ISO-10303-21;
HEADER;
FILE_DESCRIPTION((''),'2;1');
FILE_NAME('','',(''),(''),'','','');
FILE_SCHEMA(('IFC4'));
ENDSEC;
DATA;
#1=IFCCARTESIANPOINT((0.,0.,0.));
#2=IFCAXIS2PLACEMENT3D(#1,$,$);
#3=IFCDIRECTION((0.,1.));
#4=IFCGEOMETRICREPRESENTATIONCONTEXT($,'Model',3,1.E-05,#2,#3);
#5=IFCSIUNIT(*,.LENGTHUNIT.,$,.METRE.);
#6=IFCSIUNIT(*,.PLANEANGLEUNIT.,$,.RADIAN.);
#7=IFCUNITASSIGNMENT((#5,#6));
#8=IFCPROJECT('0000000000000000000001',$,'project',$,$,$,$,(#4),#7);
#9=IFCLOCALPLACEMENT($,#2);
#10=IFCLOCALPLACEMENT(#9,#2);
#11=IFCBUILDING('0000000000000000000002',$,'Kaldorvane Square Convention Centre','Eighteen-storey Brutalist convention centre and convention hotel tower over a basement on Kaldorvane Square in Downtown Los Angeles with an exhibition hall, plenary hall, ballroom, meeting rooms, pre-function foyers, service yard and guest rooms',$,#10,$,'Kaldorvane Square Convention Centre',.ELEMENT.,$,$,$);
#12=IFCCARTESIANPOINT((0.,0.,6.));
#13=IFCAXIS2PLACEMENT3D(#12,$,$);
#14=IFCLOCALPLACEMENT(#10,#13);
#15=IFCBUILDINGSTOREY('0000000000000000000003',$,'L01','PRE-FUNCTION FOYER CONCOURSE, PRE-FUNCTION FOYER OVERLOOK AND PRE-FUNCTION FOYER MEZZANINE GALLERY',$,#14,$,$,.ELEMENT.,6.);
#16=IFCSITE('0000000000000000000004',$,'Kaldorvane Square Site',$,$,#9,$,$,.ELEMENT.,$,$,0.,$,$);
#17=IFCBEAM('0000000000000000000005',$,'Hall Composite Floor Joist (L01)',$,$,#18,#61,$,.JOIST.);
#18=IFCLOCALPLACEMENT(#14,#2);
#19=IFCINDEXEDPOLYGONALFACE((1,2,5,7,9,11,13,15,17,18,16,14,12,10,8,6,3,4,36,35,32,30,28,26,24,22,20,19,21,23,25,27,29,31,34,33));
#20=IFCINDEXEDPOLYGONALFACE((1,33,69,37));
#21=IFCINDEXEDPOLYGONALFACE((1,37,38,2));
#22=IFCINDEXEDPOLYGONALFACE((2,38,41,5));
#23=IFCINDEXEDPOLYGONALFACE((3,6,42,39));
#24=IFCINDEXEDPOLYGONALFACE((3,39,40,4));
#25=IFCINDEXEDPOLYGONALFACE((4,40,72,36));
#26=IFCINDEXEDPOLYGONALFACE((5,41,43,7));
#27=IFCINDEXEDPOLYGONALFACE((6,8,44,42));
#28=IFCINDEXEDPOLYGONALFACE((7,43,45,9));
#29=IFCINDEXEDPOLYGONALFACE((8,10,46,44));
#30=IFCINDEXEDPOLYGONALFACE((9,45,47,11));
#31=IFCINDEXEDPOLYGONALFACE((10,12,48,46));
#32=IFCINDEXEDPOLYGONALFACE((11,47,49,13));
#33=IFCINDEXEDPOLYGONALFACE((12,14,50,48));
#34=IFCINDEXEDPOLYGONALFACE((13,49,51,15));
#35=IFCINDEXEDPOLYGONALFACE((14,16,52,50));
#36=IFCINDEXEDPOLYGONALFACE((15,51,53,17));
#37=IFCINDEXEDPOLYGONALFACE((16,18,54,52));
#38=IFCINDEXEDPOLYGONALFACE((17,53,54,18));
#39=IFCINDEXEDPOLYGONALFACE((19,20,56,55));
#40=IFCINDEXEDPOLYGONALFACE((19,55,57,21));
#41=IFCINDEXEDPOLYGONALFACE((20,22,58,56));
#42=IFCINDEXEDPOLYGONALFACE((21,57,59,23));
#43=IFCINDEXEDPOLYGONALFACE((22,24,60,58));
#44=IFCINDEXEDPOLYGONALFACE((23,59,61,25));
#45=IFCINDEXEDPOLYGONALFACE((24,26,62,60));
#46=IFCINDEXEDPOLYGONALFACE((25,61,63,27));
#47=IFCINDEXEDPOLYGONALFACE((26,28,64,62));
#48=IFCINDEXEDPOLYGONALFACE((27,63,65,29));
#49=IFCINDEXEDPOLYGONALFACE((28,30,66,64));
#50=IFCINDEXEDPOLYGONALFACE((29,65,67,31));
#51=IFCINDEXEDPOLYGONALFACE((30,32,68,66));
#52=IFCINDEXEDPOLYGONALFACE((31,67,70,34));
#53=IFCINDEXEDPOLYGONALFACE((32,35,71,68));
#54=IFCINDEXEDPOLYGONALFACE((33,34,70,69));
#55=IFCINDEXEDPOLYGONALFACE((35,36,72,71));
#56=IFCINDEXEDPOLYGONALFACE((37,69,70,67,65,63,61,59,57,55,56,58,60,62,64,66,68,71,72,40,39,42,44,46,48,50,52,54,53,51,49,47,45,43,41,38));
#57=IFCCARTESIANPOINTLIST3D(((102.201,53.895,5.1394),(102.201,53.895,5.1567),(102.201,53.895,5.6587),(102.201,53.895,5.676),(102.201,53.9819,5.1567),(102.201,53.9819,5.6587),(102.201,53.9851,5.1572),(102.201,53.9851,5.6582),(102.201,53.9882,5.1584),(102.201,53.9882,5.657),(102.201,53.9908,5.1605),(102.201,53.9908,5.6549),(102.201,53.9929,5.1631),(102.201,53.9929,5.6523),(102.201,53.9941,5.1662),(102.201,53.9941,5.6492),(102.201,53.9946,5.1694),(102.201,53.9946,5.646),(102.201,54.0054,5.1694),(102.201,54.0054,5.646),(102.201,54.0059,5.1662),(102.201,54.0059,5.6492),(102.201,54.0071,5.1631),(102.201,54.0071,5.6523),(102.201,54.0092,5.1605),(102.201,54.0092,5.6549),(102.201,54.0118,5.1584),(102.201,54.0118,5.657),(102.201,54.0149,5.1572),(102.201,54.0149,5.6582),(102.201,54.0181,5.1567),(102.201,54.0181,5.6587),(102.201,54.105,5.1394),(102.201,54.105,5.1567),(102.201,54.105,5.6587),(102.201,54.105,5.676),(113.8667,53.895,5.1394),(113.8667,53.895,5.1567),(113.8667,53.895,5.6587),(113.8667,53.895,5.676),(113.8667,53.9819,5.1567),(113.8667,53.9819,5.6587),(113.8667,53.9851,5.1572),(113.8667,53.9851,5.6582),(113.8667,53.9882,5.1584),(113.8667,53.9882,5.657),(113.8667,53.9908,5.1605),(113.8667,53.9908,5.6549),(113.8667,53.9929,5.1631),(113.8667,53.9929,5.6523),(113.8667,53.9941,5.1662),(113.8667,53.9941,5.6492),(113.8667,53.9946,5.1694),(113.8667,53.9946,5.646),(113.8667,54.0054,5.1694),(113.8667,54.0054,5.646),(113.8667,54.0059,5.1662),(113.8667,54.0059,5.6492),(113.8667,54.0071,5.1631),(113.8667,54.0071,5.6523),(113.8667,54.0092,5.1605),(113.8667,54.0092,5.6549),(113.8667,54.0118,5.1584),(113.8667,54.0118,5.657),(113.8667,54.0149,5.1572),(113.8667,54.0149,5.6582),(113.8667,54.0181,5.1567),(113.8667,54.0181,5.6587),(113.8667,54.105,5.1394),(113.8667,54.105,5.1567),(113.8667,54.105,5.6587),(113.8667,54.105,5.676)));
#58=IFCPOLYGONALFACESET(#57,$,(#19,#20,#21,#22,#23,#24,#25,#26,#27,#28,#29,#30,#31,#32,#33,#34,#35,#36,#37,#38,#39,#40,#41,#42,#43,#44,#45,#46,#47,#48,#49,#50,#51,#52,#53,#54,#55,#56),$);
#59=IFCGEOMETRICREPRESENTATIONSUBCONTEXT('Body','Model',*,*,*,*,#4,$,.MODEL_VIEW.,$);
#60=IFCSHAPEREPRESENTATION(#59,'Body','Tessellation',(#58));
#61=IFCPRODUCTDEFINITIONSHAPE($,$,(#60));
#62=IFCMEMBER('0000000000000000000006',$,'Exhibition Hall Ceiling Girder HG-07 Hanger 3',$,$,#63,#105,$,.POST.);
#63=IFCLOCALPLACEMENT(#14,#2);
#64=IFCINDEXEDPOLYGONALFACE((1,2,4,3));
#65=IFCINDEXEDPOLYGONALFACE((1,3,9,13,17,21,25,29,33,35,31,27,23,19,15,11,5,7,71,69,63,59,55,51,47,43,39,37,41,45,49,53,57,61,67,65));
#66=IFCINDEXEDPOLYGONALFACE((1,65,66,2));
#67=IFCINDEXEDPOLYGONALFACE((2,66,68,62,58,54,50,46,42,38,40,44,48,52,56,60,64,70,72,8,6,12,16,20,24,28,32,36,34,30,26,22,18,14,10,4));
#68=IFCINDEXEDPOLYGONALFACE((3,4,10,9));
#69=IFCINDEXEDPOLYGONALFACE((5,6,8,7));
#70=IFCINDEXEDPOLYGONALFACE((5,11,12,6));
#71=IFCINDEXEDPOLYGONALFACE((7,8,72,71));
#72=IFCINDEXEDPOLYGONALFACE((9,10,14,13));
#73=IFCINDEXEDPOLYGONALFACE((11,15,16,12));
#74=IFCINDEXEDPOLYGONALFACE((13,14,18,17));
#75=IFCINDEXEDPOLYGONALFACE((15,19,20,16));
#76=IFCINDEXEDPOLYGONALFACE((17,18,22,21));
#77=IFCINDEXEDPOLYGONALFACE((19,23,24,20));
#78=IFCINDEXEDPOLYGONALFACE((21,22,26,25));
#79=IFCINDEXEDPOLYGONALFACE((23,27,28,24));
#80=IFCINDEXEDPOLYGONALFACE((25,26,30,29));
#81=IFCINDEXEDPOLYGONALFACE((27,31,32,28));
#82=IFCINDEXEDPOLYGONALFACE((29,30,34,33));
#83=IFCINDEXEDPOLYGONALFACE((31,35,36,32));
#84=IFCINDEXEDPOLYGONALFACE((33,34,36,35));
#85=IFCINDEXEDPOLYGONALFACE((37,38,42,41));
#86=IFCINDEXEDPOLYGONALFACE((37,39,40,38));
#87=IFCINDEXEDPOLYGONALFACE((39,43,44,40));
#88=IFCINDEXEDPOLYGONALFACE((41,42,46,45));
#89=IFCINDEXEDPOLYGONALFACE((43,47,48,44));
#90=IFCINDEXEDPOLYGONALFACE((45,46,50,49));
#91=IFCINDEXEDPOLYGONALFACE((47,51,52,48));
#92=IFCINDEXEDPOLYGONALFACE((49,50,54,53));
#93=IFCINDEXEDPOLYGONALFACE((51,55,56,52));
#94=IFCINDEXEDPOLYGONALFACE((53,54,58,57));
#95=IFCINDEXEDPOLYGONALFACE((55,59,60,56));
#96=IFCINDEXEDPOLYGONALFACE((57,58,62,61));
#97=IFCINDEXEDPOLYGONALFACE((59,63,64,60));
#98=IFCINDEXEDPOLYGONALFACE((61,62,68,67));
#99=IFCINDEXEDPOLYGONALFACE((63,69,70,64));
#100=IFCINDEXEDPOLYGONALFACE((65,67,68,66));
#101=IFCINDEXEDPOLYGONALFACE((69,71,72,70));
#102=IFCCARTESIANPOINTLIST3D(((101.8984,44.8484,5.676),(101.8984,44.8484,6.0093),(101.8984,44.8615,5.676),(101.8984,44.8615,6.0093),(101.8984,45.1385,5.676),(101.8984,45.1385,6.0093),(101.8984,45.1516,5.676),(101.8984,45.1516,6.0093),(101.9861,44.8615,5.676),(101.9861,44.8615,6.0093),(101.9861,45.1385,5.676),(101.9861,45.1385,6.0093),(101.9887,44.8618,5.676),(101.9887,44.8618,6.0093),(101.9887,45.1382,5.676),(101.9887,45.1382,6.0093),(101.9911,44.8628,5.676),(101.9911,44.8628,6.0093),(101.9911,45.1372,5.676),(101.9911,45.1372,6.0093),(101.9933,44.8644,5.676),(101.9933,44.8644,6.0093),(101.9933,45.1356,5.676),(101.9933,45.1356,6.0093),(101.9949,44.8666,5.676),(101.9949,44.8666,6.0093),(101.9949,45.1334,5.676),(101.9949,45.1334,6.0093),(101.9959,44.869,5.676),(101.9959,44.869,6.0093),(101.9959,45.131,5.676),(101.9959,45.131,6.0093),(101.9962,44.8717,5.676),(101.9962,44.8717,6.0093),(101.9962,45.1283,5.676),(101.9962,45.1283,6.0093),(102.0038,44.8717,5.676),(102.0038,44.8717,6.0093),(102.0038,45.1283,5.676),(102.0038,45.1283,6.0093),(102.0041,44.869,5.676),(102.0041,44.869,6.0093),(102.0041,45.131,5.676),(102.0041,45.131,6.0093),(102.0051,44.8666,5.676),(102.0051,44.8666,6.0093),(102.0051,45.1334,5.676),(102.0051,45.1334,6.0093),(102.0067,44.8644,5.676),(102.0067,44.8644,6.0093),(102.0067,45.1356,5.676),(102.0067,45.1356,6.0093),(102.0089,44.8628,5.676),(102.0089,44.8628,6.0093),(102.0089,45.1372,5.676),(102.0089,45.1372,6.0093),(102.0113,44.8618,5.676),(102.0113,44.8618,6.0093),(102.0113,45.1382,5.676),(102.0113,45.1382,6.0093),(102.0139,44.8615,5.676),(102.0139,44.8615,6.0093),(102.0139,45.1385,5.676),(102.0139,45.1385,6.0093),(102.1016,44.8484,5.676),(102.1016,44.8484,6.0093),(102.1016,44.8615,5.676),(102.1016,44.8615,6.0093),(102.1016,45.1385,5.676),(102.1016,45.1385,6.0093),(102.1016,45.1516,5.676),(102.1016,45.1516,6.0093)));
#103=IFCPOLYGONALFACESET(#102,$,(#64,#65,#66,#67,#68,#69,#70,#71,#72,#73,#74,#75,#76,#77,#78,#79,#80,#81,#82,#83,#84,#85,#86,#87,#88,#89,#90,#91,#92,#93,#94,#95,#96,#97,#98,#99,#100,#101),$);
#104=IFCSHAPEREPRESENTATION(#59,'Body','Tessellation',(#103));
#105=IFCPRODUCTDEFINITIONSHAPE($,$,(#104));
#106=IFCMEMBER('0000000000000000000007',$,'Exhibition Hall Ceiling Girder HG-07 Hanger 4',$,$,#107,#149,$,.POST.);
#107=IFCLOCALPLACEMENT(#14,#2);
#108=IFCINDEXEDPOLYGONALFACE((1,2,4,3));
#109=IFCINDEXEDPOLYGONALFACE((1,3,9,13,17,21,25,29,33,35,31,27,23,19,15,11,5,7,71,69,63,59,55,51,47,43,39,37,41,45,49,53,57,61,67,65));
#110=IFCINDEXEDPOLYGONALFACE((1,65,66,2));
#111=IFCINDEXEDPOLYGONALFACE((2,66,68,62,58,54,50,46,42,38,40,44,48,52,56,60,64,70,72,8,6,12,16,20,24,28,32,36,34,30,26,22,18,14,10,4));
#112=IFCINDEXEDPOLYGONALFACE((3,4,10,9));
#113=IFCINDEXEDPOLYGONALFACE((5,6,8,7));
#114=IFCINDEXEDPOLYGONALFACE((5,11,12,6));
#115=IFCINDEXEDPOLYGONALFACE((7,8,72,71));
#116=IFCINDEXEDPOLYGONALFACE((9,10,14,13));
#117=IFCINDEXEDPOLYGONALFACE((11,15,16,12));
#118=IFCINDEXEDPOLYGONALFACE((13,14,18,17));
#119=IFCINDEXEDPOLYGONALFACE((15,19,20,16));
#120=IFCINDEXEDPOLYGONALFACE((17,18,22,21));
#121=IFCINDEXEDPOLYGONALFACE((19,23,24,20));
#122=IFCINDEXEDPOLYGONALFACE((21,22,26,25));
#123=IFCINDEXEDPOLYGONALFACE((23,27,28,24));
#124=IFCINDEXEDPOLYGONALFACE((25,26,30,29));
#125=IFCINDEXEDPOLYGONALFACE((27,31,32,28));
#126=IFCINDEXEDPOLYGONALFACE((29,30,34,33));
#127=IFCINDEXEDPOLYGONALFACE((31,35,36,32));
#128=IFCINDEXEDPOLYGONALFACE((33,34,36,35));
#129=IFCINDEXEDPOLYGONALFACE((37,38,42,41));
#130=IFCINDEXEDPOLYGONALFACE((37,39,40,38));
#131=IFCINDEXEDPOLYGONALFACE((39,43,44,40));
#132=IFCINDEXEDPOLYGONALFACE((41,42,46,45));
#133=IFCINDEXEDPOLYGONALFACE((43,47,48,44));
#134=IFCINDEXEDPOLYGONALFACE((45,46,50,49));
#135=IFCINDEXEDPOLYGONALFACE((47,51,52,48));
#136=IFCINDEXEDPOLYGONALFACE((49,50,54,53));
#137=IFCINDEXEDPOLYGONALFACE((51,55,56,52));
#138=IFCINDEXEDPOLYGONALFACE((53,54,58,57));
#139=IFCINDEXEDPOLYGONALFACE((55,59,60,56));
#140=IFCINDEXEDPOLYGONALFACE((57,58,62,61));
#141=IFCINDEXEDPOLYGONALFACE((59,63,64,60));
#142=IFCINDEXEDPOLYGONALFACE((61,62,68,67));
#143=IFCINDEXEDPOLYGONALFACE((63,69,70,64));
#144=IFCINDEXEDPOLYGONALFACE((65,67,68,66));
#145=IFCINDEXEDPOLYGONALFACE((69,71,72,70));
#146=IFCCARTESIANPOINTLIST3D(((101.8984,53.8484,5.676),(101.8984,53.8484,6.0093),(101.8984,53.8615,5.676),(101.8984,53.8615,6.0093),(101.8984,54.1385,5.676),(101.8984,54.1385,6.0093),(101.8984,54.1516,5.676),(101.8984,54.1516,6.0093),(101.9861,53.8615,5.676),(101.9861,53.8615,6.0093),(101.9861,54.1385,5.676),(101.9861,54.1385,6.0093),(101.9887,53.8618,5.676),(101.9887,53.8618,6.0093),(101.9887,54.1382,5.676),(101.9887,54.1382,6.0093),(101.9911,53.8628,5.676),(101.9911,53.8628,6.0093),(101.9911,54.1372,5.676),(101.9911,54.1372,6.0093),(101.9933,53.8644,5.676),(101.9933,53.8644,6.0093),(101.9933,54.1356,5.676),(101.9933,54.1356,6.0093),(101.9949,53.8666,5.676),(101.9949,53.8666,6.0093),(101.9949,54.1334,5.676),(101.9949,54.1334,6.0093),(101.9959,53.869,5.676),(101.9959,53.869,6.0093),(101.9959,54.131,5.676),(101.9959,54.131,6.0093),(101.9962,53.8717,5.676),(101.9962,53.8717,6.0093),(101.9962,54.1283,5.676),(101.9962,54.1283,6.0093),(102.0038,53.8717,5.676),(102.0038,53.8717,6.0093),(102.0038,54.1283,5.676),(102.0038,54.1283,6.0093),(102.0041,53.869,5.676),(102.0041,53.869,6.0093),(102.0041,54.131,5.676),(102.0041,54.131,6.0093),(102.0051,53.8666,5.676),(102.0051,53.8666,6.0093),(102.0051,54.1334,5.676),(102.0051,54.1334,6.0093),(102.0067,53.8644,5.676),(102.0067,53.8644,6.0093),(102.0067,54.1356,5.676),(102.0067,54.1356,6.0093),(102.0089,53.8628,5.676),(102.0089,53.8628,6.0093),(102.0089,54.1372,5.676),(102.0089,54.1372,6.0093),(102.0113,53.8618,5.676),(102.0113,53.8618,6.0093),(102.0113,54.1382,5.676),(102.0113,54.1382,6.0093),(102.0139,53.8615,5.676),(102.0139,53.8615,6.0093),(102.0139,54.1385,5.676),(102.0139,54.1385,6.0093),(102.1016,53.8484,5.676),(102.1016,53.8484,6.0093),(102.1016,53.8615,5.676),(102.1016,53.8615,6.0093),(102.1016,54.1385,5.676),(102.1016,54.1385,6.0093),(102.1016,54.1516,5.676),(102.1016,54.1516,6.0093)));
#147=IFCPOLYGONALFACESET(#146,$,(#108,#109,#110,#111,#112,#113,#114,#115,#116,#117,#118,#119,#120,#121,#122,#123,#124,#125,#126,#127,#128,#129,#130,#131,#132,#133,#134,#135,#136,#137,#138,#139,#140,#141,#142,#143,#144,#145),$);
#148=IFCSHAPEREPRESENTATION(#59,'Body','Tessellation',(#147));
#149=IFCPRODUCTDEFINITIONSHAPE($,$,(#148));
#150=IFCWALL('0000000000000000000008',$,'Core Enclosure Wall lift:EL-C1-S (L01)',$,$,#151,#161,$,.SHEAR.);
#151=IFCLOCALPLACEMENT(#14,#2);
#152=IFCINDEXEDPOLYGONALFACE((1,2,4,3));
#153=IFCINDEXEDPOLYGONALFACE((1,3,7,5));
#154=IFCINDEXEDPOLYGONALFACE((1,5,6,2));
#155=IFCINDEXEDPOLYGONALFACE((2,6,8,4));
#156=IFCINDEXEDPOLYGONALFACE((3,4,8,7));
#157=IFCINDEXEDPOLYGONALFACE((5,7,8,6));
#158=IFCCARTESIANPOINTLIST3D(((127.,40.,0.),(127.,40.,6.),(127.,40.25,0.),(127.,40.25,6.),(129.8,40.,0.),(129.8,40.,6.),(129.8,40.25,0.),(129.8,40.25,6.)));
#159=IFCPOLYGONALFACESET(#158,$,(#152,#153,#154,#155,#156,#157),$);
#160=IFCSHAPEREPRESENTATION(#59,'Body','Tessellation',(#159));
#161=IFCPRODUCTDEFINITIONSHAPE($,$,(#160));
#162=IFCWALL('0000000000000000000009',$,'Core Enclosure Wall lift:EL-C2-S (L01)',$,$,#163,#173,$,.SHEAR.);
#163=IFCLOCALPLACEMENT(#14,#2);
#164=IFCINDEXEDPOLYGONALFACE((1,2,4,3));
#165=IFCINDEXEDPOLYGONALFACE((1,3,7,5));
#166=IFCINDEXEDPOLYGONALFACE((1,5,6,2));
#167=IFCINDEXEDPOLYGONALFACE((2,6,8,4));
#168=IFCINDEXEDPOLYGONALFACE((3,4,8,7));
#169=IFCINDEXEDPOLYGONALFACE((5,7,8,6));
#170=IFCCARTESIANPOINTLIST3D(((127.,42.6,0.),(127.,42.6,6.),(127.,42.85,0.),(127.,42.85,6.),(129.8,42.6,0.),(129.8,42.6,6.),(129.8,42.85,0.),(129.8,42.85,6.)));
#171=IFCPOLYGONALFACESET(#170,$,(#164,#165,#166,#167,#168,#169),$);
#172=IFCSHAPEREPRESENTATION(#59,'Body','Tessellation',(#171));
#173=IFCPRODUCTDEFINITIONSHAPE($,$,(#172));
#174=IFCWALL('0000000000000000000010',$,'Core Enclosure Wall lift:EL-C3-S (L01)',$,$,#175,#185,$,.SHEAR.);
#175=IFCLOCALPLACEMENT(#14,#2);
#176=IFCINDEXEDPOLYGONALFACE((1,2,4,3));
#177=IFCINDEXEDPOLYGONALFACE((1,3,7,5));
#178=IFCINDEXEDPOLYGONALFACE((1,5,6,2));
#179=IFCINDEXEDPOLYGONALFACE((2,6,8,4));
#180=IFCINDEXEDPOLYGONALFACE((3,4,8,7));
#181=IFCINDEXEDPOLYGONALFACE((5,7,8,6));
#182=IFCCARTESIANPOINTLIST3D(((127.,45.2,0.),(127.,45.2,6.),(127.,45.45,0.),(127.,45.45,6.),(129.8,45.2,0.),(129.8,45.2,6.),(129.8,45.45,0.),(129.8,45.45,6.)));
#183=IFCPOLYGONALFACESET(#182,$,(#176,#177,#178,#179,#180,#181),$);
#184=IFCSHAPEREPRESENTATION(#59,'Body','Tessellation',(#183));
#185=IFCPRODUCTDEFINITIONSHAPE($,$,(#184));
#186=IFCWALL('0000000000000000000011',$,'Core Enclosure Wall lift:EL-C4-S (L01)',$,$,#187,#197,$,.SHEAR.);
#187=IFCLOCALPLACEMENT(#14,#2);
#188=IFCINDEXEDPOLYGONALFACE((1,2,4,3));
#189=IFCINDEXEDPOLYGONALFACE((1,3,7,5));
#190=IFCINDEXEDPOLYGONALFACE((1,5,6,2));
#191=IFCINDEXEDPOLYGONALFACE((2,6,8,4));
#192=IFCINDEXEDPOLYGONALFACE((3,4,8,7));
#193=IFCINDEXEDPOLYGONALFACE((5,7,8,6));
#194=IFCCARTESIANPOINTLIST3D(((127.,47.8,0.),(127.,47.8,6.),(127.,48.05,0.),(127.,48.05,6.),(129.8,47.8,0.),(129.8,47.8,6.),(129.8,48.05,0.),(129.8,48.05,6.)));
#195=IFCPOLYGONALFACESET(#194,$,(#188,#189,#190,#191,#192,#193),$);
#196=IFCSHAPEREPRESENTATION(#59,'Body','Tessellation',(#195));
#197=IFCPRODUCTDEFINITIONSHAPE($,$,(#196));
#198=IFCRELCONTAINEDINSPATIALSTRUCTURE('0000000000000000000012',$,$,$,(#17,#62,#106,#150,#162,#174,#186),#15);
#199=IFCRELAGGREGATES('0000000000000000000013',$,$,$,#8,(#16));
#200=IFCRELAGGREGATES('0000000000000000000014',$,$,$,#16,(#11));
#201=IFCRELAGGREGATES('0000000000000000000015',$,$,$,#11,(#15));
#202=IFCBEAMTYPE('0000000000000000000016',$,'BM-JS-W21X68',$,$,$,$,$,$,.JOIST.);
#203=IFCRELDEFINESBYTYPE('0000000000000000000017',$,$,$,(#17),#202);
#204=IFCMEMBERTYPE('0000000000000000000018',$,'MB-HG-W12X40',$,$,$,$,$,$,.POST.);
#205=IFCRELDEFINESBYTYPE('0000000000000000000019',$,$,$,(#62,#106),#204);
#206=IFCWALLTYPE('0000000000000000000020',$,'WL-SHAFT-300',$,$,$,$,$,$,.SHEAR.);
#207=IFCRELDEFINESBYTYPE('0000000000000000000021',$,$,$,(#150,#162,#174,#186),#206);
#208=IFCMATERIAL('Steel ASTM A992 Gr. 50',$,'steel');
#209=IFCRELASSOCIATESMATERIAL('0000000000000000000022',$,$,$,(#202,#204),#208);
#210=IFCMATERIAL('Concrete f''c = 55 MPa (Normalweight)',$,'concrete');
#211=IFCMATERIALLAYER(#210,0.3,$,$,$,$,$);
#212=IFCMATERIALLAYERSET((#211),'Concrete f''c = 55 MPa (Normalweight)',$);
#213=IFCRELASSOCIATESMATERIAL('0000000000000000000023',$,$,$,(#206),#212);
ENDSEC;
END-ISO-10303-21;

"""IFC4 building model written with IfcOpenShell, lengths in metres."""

from ifc_helpers import new_model, si_unit, direction, frame, frame_2d, origin, origin_2d, place, context, subcontext, project, spatial, rectangle, i_section, extrude, material, layer, layer_set, material_profile, profile_set, type_object, element, save


model = new_model("IFC4")

# Units and contexts
model_context = context("Model", 3, precision=1e-05, world=origin(), true_north=direction((0.0, 1.0)))
body_context = subcontext(model_context, "Body", "Model", "MODEL_VIEW")
ifc_project = project(units=[si_unit("LENGTHUNIT", "METRE"), si_unit("PLANEANGLEUNIT", "RADIAN")], contexts=[model_context])

# Site, building, storey
site_placement = place(None, origin())
site = spatial("IfcSite", under=ifc_project, at=site_placement, Name="Kaldorvane Square Site", CompositionType="ELEMENT", RefElevation=0.0)
building_placement = place(site_placement, origin())
building = spatial("IfcBuilding", under=site, at=building_placement, Name="Kaldorvane Square Convention Centre", Description="Eighteen-storey Brutalist convention centre and convention hotel tower over a basement on Kaldorvane Square in Downtown Los Angeles with an exhibition hall, plenary hall, ballroom, meeting rooms, pre-function foyers, service yard and guest rooms", LongName="Kaldorvane Square Convention Centre", CompositionType="ELEMENT")
storey_placement = place(building_placement, frame((0.0, 0.0, 6.0)))
storey = spatial("IfcBuildingStorey", under=building, at=storey_placement, Name="L01", Description="PRE-FUNCTION FOYER CONCOURSE, PRE-FUNCTION FOYER OVERLOOK AND PRE-FUNCTION FOYER MEZZANINE GALLERY", CompositionType="ELEMENT", Elevation=6.0)

# Shared definitions
ifc_material_1 = material(Name="Steel ASTM A992 Gr. 50", Category="steel")

# Beam
ifc_material_profile_1 = material_profile(ifc_material_1, i_section(OverallWidth=0.2101, OverallDepth=0.5367, WebThickness=0.0109, FlangeThickness=0.0174, FilletRadius=0.0127, at=origin_2d()), Name="W21X68")
ifc_profile_set_1 = profile_set([ifc_material_profile_1], Name="Steel ASTM A992 Gr. 50")
beam_type_1 = type_object("IfcBeamType", Name="BM-JS-W21X68", PredefinedType="JOIST", material=ifc_profile_set_1)
for number, where, z_axis, x_axis, name in (
    (1, (102.201, 54.0, 5.4077), (1.0, 0.0, 0.0), (0.0, 1.0, 0.0), "Hall Composite Floor Joist (L01)"),
):
    element("IfcBeam", number, at=place(storey_placement, frame(where, z_axis=z_axis, x_axis=x_axis)), inside=storey, type_object=beam_type_1, Name=name, PredefinedType="JOIST", context=body_context, shape_type="SweptSolid", body=[
        extrude(i_section(OverallWidth=0.2101, OverallDepth=0.5367, WebThickness=0.0109, FlangeThickness=0.0174, FilletRadius=0.0127, at=origin_2d()), origin(), (0.0, 0.0, 1.0), 11.6657),
    ])

# Members
ifc_material_profile_2 = material_profile(ifc_material_1, i_section(OverallWidth=0.2033, OverallDepth=0.3033, WebThickness=0.0075, FlangeThickness=0.0131, FilletRadius=0.0102, at=origin_2d()), Name="W12X40")
ifc_profile_set_2 = profile_set([ifc_material_profile_2], Name="Steel ASTM A992 Gr. 50")
member_type = type_object("IfcMemberType", Name="MB-HG-W12X40", PredefinedType="POST", material=ifc_profile_set_2)
for number, where, z_axis, x_axis, name in (
    (2, (102.0, 45.0, 5.676), (0.0, 0.0, 1.0), (1.0, 0.0, 0.0), "Exhibition Hall Ceiling Girder HG-07 Hanger 3"),
    (3, (102.0, 54.0, 5.676), (0.0, 0.0, 1.0), (1.0, 0.0, 0.0), "Exhibition Hall Ceiling Girder HG-07 Hanger 4"),
):
    element("IfcMember", number, at=place(storey_placement, frame(where, z_axis=z_axis, x_axis=x_axis)), inside=storey, type_object=member_type, Name=name, PredefinedType="POST", context=body_context, shape_type="SweptSolid", body=[
        extrude(i_section(OverallWidth=0.2033, OverallDepth=0.3033, WebThickness=0.0075, FlangeThickness=0.0131, FilletRadius=0.0102, at=origin_2d()), origin(), (0.0, 0.0, 1.0), 0.3333),
    ])

# Wall
ifc_material_2 = material(Name="Concrete f'c = 55 MPa (Normalweight)", Category="concrete")
ifc_layer = layer(ifc_material_2, 0.3)
ifc_layer_set = layer_set([ifc_layer], Name="Concrete f'c = 55 MPa (Normalweight)")
wall_type = type_object("IfcWallType", Name="WL-SHAFT-300", PredefinedType="SHEAR", material=ifc_layer_set)
wall_1_placement = place(storey_placement, frame((127.0, 40.125, 0.0), z_axis=(0.0, 0.0, 1.0), x_axis=(1.0, 0.0, 0.0)))
element("IfcWall", 4, at=wall_1_placement, inside=storey, type_object=wall_type, Name="Core Enclosure Wall lift:EL-C1-S (L01)", PredefinedType="SHEAR", context=body_context, shape_type="SweptSolid", body=[
    extrude(rectangle(XDim=2.8, YDim=0.25, at=frame_2d((1.4, 0.0))), origin(), (0.0, 0.0, 1.0), 6.0),
])

# Wall
wall_2_placement = place(storey_placement, frame((127.0, 42.725, 0.0), z_axis=(0.0, 0.0, 1.0), x_axis=(1.0, 0.0, 0.0)))
element("IfcWall", 5, at=wall_2_placement, inside=storey, type_object=wall_type, Name="Core Enclosure Wall lift:EL-C2-S (L01)", PredefinedType="SHEAR", context=body_context, shape_type="SweptSolid", body=[
    extrude(rectangle(XDim=2.8, YDim=0.25, at=frame_2d((1.4, 0.0))), origin(), (0.0, 0.0, 1.0), 6.0),
])

# Wall
wall_3_placement = place(storey_placement, frame((127.0, 45.325, 0.0), z_axis=(0.0, 0.0, 1.0), x_axis=(1.0, 0.0, 0.0)))
element("IfcWall", 6, at=wall_3_placement, inside=storey, type_object=wall_type, Name="Core Enclosure Wall lift:EL-C3-S (L01)", PredefinedType="SHEAR", context=body_context, shape_type="SweptSolid", body=[
    extrude(rectangle(XDim=2.8, YDim=0.25, at=frame_2d((1.4, 0.0))), origin(), (0.0, 0.0, 1.0), 6.0),
])

# Wall
wall_4_placement = place(storey_placement, frame((127.0, 47.925, 0.0), z_axis=(0.0, 0.0, 1.0), x_axis=(1.0, 0.0, 0.0)))
element("IfcWall", 7, at=wall_4_placement, inside=storey, type_object=wall_type, Name="Core Enclosure Wall lift:EL-C4-S (L01)", PredefinedType="SHEAR", context=body_context, shape_type="SweptSolid", body=[
    extrude(rectangle(XDim=2.8, YDim=0.25, at=frame_2d((1.4, 0.0))), origin(), (0.0, 0.0, 1.0), 6.0),
])

save(model, "model.ifc")
